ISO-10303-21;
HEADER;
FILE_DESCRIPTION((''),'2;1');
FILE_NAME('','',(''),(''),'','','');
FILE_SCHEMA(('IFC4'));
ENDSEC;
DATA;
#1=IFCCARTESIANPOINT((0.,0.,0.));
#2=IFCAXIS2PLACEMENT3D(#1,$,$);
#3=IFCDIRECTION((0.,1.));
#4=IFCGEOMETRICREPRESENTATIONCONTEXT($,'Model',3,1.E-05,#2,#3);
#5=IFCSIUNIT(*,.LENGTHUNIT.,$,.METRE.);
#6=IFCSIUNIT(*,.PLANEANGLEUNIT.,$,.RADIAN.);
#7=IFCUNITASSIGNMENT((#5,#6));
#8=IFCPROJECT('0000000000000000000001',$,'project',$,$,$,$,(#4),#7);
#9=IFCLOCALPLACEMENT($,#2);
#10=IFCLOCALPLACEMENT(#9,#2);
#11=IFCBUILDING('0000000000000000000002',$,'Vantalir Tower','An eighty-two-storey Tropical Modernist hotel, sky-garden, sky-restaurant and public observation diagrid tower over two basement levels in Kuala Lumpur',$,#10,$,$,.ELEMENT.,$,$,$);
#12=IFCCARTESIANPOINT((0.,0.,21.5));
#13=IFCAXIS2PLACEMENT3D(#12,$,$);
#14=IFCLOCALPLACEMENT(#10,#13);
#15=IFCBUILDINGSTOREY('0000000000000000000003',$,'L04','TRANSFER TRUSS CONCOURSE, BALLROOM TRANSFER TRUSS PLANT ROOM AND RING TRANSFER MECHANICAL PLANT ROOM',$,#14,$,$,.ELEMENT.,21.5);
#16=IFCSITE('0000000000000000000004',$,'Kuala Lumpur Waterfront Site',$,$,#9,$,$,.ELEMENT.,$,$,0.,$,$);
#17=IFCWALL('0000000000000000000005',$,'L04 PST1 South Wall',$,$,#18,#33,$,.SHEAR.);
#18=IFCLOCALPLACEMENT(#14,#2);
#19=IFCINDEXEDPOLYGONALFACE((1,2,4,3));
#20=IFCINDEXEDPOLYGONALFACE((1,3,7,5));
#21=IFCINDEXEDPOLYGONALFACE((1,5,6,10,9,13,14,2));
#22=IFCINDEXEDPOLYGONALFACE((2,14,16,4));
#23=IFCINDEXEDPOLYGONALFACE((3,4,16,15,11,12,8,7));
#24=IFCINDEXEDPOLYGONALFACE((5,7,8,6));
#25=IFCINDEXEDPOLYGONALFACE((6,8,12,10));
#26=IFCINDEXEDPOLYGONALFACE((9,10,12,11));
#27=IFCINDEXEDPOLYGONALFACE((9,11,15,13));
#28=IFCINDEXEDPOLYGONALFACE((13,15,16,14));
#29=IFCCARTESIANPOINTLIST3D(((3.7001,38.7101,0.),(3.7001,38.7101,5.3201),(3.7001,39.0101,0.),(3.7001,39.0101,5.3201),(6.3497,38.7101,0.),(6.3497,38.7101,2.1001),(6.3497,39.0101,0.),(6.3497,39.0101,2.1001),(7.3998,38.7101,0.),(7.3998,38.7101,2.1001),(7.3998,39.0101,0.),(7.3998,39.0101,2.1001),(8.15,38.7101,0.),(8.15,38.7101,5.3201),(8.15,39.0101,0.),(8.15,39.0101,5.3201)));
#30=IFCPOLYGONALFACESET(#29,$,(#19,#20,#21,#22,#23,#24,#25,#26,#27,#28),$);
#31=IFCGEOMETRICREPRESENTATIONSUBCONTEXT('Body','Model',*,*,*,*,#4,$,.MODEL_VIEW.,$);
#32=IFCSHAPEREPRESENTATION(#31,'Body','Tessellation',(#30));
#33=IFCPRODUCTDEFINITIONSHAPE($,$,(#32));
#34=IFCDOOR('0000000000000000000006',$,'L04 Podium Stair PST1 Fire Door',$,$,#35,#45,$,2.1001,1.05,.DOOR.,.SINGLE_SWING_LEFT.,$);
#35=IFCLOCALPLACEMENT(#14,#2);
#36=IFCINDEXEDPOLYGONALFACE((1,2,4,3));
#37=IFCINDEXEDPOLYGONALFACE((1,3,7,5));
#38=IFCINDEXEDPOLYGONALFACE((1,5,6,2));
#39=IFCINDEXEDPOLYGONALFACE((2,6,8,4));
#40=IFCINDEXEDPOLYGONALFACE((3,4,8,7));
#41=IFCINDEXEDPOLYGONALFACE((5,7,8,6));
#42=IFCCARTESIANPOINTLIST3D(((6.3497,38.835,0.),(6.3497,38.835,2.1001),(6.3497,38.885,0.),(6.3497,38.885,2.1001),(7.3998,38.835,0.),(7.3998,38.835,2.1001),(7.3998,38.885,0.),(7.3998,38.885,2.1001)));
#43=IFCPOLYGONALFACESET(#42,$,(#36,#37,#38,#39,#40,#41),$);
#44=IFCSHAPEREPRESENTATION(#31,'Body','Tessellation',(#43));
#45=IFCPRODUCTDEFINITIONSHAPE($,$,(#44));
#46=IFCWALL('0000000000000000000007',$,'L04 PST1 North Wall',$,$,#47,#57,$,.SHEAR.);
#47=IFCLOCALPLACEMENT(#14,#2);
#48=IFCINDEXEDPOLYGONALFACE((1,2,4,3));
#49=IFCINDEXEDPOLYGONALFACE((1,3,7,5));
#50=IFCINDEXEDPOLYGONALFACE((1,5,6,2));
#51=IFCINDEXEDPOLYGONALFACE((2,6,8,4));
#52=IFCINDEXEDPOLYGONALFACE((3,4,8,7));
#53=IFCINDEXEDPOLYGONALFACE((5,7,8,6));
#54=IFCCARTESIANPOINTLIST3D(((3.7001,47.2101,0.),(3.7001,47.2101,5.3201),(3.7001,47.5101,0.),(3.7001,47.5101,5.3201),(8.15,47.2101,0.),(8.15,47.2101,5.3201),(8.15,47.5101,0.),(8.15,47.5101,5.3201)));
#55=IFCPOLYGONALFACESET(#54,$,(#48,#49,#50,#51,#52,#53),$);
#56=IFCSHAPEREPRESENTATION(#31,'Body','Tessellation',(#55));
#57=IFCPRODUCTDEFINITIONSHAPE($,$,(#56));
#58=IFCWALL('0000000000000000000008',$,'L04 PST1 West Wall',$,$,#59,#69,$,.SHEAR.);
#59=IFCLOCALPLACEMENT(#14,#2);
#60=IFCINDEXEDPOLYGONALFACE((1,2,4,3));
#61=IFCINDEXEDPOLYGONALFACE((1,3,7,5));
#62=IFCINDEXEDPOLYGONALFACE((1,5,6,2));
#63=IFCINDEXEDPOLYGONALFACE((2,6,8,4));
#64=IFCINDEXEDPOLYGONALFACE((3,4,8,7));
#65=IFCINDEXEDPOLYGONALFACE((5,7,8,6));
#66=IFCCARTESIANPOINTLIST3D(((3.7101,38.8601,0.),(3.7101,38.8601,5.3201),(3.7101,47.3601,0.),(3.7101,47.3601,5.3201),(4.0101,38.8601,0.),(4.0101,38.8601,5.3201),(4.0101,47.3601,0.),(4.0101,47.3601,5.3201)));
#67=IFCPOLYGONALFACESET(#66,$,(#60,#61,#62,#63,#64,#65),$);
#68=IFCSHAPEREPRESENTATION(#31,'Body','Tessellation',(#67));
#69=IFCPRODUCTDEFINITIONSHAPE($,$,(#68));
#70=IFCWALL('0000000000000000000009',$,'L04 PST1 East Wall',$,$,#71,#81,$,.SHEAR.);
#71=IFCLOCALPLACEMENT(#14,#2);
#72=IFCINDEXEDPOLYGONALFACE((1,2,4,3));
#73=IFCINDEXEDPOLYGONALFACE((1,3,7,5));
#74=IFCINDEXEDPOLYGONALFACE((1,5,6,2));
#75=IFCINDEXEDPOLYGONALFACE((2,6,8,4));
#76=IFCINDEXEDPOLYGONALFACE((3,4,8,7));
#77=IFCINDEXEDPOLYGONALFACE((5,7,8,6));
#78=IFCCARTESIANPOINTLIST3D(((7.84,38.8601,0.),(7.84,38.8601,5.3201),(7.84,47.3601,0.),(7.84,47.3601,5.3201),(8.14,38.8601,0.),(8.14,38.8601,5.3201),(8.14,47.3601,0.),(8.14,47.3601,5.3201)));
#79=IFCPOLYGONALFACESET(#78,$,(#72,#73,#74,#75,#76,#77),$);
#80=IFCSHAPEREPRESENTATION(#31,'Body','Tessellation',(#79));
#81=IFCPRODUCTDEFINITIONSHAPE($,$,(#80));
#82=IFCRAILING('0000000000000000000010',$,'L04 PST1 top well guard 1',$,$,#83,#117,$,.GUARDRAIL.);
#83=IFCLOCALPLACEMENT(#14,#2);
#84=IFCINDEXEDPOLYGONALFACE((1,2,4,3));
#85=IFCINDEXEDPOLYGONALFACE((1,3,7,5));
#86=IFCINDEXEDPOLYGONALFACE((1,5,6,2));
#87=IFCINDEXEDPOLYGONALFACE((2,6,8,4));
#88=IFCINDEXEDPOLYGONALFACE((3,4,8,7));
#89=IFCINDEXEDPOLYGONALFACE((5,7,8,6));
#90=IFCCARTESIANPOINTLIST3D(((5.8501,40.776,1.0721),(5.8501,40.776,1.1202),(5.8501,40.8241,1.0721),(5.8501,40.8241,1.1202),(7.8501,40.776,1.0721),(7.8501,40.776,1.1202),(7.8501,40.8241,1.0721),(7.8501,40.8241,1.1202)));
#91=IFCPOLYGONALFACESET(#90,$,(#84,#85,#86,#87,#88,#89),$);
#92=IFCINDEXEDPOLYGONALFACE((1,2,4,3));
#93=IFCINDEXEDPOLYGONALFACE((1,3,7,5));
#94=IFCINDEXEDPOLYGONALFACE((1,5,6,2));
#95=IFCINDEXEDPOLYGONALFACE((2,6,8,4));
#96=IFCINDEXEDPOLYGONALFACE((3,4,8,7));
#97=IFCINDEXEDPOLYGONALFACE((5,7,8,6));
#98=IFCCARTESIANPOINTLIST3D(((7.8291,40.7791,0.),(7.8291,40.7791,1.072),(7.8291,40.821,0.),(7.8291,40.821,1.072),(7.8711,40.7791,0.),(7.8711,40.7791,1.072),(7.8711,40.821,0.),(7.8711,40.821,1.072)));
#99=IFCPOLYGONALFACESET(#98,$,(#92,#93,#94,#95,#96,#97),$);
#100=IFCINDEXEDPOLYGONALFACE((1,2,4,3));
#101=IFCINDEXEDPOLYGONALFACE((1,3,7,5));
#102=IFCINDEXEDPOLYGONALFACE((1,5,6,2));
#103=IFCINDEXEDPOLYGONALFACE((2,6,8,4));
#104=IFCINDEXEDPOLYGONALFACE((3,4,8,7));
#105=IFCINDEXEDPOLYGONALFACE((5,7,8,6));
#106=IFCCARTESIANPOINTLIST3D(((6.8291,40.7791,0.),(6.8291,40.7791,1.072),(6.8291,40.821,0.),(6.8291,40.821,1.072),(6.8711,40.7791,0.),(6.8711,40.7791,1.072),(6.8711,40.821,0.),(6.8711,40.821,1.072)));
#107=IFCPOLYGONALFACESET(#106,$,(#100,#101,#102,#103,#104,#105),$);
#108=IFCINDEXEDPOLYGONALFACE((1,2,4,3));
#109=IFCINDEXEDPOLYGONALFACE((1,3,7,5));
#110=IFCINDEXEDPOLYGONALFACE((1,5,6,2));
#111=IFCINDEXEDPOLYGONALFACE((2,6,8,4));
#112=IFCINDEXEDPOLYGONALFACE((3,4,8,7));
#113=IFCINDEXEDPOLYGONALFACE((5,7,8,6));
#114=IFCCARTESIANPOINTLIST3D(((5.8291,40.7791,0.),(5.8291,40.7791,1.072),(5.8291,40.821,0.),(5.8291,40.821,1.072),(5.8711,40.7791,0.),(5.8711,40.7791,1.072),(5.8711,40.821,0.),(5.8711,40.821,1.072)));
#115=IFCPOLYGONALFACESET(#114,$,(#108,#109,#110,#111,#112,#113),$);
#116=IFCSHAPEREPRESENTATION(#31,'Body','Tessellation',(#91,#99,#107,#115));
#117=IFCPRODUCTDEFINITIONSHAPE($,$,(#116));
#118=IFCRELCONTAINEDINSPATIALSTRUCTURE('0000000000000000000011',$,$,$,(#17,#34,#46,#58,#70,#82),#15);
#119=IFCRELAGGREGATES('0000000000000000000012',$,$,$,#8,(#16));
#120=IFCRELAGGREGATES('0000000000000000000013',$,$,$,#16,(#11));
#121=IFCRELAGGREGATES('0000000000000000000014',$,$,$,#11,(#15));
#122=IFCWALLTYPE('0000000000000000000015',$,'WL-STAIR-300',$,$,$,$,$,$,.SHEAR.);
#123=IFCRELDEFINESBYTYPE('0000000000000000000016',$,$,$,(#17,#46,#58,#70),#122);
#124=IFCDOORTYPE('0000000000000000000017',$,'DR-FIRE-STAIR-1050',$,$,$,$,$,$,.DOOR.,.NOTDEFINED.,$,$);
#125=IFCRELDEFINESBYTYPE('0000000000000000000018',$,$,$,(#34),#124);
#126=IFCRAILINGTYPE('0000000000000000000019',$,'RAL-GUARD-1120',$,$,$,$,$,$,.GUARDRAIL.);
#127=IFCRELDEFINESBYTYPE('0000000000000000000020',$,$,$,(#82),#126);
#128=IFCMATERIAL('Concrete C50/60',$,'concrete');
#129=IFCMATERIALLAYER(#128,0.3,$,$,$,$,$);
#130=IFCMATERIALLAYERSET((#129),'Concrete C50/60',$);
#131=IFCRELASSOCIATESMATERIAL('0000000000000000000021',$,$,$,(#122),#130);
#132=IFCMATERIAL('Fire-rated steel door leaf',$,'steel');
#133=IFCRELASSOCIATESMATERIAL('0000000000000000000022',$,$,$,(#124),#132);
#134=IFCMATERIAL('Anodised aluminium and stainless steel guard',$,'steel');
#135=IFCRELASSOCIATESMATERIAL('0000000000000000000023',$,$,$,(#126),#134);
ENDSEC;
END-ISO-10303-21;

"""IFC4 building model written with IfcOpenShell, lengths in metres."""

from ifc_helpers import new_model, si_unit, direction, frame, frame_2d, origin, origin_2d, place, context, subcontext, project, spatial, rectangle, extrude, material, layer, layer_set, type_object, element, fill, save


model = new_model("IFC4")

# Units and contexts
model_context = context("Model", 3, precision=1e-05, world=origin(), true_north=direction((0.0, 1.0)))
body_context = subcontext(model_context, "Body", "Model", "MODEL_VIEW")
ifc_project = project(units=[si_unit("LENGTHUNIT", "METRE"), si_unit("PLANEANGLEUNIT", "RADIAN")], contexts=[model_context])

# Site, building, storey
site_placement = place(None, origin())
site = spatial("IfcSite", under=ifc_project, at=site_placement, Name="Kuala Lumpur Waterfront Site", CompositionType="ELEMENT", RefElevation=0.0)
building_placement = place(site_placement, origin())
building = spatial("IfcBuilding", under=site, at=building_placement, Name="Vantalir Tower", Description="An eighty-two-storey Tropical Modernist hotel, sky-garden, sky-restaurant and public observation diagrid tower over two basement levels in Kuala Lumpur", CompositionType="ELEMENT")
storey_placement = place(building_placement, frame((0.0, 0.0, 21.5)))
storey = spatial("IfcBuildingStorey", under=building, at=storey_placement, Name="L04", Description="TRANSFER TRUSS CONCOURSE, BALLROOM TRANSFER TRUSS PLANT ROOM AND RING TRANSFER MECHANICAL PLANT ROOM", CompositionType="ELEMENT", Elevation=21.5)

# Shared definitions
ifc_material_1 = material(Name="Concrete C50/60", Category="concrete")

# Wall, opening, door
ifc_layer_1 = layer(ifc_material_1, 0.3)
ifc_layer_set_1 = layer_set([ifc_layer_1], Name="Concrete C50/60")
wall_type_1 = type_object("IfcWallType", Name="WL-STAIR-300", PredefinedType="SHEAR", material=ifc_layer_set_1)
wall_1_placement = place(storey_placement, frame((3.7, 38.8601, 0.0), z_axis=(0.0, 0.0, 1.0), x_axis=(1.0, 0.0, 0.0)))
wall_1 = element("IfcWall", 1, at=wall_1_placement, inside=storey, type_object=wall_type_1, Name="L04 PST1 South Wall", PredefinedType="SHEAR", context=body_context, shape_type="SweptSolid", body=[
    extrude(rectangle(XDim=4.45, YDim=0.3, at=frame_2d((2.2251, 0.0))), origin(), (0.0, 0.0, 1.0), 5.3201),
])
opening_1_placement = place(wall_1_placement, frame((2.6499, 0.0, 0.0)))
opening_1 = element("IfcOpeningElement", 2, at=opening_1_placement, cuts=wall_1, PredefinedType="OPENING", context=body_context, shape_type="SweptSolid", body=[
    extrude(rectangle(XDim=1.05, YDim=2.1001, at=frame_2d((0.5249, 1.05))), frame((0.0, 0.1599, 0.0), z_axis=(0.0, -1.0, 0.0), x_axis=(1.0, 0.0, 0.0)), (0.0, 0.0, 1.0), 0.3201),
])
ifc_material_2 = material(Name="Fire-rated steel door leaf", Category="steel")
door_type_1 = type_object("IfcDoorType", Name="DR-FIRE-STAIR-1050", OperationType="NOTDEFINED", PredefinedType="DOOR", material=ifc_material_2)
door_1_placement = place(opening_1_placement, origin())
door_1 = element("IfcDoor", 3, at=door_1_placement, inside=storey, type_object=door_type_1, Name="L04 Podium Stair PST1 Fire Door", OperationType="SINGLE_SWING_LEFT", OverallHeight=2.1001, OverallWidth=1.05, PredefinedType="DOOR", context=body_context, shape_type="SweptSolid", body=[
    extrude(rectangle(XDim=1.05, YDim=2.1001, at=frame_2d((0.5249, 1.05))), frame((0.0, 0.0249, 0.0), z_axis=(0.0, -1.0, 0.0), x_axis=(1.0, 0.0, 0.0)), (0.0, 0.0, 1.0), 0.05),
])
fill(opening_1, door_1)

# Walls
wall_2_placement = place(storey_placement, frame((3.7, 47.3601, 0.0), z_axis=(0.0, 0.0, 1.0), x_axis=(1.0, 0.0, 0.0)))
element("IfcWall", 4, at=wall_2_placement, inside=storey, type_object=wall_type_1, Name="L04 PST1 North Wall", PredefinedType="SHEAR", context=body_context, shape_type="SweptSolid", body=[
    extrude(rectangle(XDim=4.45, YDim=0.3, at=frame_2d((2.2251, 0.0))), origin(), (0.0, 0.0, 1.0), 5.3201),
])
for number, where, z_axis, x_axis, name in (
    (5, (3.8601, 38.8601, 0.0), (0.0, 0.0, 1.0), (0.0, 1.0, 0.0), "L04 PST1 West Wall"),
    (6, (7.99, 38.8601, 0.0), (0.0, 0.0, 1.0), (0.0, 1.0, 0.0), "L04 PST1 East Wall"),
):
    element("IfcWall", number, at=place(storey_placement, frame(where, z_axis=z_axis, x_axis=x_axis)), inside=storey, type_object=wall_type_1, Name=name, PredefinedType="SHEAR", context=body_context, shape_type="SweptSolid", body=[
        extrude(rectangle(XDim=8.5, YDim=0.3, at=frame_2d((4.25, 0.0))), origin(), (0.0, 0.0, 1.0), 5.3201),
    ])

# Railing
ifc_material_3 = material(Name="Anodised aluminium and stainless steel guard", Category="steel")
railing_type = type_object("IfcRailingType", Name="RAL-GUARD-1120", PredefinedType="GUARDRAIL", material=ifc_material_3)
railing_placement = place(storey_placement, frame((7.8501, 40.8, 0.0)))
element("IfcRailing", 7, at=railing_placement, inside=storey, type_object=railing_type, Name="L04 PST1 top well guard 1", PredefinedType="GUARDRAIL", context=body_context, shape_type="SweptSolid", body=[
    extrude(rectangle(XDim=0.0481, YDim=0.0481, at=origin_2d()), frame((0.0, 0.0, 1.0962), z_axis=(-1.0, 0.0, 0.0), x_axis=(0.0, -1.0, 0.0)), (0.0, 0.0, 1.0), 2.0),
    extrude(rectangle(XDim=0.042, YDim=0.042, at=origin_2d()), origin(), (0.0, 0.0, 1.0), 1.072),
    extrude(rectangle(XDim=0.042, YDim=0.042, at=origin_2d()), frame((-1.0, 0.0, 0.0)), (0.0, 0.0, 1.0), 1.072),
    extrude(rectangle(XDim=0.042, YDim=0.042, at=origin_2d()), frame((-2.0, 0.0, 0.0)), (0.0, 0.0, 1.0), 1.072),
])

save(model, "model.ifc")
